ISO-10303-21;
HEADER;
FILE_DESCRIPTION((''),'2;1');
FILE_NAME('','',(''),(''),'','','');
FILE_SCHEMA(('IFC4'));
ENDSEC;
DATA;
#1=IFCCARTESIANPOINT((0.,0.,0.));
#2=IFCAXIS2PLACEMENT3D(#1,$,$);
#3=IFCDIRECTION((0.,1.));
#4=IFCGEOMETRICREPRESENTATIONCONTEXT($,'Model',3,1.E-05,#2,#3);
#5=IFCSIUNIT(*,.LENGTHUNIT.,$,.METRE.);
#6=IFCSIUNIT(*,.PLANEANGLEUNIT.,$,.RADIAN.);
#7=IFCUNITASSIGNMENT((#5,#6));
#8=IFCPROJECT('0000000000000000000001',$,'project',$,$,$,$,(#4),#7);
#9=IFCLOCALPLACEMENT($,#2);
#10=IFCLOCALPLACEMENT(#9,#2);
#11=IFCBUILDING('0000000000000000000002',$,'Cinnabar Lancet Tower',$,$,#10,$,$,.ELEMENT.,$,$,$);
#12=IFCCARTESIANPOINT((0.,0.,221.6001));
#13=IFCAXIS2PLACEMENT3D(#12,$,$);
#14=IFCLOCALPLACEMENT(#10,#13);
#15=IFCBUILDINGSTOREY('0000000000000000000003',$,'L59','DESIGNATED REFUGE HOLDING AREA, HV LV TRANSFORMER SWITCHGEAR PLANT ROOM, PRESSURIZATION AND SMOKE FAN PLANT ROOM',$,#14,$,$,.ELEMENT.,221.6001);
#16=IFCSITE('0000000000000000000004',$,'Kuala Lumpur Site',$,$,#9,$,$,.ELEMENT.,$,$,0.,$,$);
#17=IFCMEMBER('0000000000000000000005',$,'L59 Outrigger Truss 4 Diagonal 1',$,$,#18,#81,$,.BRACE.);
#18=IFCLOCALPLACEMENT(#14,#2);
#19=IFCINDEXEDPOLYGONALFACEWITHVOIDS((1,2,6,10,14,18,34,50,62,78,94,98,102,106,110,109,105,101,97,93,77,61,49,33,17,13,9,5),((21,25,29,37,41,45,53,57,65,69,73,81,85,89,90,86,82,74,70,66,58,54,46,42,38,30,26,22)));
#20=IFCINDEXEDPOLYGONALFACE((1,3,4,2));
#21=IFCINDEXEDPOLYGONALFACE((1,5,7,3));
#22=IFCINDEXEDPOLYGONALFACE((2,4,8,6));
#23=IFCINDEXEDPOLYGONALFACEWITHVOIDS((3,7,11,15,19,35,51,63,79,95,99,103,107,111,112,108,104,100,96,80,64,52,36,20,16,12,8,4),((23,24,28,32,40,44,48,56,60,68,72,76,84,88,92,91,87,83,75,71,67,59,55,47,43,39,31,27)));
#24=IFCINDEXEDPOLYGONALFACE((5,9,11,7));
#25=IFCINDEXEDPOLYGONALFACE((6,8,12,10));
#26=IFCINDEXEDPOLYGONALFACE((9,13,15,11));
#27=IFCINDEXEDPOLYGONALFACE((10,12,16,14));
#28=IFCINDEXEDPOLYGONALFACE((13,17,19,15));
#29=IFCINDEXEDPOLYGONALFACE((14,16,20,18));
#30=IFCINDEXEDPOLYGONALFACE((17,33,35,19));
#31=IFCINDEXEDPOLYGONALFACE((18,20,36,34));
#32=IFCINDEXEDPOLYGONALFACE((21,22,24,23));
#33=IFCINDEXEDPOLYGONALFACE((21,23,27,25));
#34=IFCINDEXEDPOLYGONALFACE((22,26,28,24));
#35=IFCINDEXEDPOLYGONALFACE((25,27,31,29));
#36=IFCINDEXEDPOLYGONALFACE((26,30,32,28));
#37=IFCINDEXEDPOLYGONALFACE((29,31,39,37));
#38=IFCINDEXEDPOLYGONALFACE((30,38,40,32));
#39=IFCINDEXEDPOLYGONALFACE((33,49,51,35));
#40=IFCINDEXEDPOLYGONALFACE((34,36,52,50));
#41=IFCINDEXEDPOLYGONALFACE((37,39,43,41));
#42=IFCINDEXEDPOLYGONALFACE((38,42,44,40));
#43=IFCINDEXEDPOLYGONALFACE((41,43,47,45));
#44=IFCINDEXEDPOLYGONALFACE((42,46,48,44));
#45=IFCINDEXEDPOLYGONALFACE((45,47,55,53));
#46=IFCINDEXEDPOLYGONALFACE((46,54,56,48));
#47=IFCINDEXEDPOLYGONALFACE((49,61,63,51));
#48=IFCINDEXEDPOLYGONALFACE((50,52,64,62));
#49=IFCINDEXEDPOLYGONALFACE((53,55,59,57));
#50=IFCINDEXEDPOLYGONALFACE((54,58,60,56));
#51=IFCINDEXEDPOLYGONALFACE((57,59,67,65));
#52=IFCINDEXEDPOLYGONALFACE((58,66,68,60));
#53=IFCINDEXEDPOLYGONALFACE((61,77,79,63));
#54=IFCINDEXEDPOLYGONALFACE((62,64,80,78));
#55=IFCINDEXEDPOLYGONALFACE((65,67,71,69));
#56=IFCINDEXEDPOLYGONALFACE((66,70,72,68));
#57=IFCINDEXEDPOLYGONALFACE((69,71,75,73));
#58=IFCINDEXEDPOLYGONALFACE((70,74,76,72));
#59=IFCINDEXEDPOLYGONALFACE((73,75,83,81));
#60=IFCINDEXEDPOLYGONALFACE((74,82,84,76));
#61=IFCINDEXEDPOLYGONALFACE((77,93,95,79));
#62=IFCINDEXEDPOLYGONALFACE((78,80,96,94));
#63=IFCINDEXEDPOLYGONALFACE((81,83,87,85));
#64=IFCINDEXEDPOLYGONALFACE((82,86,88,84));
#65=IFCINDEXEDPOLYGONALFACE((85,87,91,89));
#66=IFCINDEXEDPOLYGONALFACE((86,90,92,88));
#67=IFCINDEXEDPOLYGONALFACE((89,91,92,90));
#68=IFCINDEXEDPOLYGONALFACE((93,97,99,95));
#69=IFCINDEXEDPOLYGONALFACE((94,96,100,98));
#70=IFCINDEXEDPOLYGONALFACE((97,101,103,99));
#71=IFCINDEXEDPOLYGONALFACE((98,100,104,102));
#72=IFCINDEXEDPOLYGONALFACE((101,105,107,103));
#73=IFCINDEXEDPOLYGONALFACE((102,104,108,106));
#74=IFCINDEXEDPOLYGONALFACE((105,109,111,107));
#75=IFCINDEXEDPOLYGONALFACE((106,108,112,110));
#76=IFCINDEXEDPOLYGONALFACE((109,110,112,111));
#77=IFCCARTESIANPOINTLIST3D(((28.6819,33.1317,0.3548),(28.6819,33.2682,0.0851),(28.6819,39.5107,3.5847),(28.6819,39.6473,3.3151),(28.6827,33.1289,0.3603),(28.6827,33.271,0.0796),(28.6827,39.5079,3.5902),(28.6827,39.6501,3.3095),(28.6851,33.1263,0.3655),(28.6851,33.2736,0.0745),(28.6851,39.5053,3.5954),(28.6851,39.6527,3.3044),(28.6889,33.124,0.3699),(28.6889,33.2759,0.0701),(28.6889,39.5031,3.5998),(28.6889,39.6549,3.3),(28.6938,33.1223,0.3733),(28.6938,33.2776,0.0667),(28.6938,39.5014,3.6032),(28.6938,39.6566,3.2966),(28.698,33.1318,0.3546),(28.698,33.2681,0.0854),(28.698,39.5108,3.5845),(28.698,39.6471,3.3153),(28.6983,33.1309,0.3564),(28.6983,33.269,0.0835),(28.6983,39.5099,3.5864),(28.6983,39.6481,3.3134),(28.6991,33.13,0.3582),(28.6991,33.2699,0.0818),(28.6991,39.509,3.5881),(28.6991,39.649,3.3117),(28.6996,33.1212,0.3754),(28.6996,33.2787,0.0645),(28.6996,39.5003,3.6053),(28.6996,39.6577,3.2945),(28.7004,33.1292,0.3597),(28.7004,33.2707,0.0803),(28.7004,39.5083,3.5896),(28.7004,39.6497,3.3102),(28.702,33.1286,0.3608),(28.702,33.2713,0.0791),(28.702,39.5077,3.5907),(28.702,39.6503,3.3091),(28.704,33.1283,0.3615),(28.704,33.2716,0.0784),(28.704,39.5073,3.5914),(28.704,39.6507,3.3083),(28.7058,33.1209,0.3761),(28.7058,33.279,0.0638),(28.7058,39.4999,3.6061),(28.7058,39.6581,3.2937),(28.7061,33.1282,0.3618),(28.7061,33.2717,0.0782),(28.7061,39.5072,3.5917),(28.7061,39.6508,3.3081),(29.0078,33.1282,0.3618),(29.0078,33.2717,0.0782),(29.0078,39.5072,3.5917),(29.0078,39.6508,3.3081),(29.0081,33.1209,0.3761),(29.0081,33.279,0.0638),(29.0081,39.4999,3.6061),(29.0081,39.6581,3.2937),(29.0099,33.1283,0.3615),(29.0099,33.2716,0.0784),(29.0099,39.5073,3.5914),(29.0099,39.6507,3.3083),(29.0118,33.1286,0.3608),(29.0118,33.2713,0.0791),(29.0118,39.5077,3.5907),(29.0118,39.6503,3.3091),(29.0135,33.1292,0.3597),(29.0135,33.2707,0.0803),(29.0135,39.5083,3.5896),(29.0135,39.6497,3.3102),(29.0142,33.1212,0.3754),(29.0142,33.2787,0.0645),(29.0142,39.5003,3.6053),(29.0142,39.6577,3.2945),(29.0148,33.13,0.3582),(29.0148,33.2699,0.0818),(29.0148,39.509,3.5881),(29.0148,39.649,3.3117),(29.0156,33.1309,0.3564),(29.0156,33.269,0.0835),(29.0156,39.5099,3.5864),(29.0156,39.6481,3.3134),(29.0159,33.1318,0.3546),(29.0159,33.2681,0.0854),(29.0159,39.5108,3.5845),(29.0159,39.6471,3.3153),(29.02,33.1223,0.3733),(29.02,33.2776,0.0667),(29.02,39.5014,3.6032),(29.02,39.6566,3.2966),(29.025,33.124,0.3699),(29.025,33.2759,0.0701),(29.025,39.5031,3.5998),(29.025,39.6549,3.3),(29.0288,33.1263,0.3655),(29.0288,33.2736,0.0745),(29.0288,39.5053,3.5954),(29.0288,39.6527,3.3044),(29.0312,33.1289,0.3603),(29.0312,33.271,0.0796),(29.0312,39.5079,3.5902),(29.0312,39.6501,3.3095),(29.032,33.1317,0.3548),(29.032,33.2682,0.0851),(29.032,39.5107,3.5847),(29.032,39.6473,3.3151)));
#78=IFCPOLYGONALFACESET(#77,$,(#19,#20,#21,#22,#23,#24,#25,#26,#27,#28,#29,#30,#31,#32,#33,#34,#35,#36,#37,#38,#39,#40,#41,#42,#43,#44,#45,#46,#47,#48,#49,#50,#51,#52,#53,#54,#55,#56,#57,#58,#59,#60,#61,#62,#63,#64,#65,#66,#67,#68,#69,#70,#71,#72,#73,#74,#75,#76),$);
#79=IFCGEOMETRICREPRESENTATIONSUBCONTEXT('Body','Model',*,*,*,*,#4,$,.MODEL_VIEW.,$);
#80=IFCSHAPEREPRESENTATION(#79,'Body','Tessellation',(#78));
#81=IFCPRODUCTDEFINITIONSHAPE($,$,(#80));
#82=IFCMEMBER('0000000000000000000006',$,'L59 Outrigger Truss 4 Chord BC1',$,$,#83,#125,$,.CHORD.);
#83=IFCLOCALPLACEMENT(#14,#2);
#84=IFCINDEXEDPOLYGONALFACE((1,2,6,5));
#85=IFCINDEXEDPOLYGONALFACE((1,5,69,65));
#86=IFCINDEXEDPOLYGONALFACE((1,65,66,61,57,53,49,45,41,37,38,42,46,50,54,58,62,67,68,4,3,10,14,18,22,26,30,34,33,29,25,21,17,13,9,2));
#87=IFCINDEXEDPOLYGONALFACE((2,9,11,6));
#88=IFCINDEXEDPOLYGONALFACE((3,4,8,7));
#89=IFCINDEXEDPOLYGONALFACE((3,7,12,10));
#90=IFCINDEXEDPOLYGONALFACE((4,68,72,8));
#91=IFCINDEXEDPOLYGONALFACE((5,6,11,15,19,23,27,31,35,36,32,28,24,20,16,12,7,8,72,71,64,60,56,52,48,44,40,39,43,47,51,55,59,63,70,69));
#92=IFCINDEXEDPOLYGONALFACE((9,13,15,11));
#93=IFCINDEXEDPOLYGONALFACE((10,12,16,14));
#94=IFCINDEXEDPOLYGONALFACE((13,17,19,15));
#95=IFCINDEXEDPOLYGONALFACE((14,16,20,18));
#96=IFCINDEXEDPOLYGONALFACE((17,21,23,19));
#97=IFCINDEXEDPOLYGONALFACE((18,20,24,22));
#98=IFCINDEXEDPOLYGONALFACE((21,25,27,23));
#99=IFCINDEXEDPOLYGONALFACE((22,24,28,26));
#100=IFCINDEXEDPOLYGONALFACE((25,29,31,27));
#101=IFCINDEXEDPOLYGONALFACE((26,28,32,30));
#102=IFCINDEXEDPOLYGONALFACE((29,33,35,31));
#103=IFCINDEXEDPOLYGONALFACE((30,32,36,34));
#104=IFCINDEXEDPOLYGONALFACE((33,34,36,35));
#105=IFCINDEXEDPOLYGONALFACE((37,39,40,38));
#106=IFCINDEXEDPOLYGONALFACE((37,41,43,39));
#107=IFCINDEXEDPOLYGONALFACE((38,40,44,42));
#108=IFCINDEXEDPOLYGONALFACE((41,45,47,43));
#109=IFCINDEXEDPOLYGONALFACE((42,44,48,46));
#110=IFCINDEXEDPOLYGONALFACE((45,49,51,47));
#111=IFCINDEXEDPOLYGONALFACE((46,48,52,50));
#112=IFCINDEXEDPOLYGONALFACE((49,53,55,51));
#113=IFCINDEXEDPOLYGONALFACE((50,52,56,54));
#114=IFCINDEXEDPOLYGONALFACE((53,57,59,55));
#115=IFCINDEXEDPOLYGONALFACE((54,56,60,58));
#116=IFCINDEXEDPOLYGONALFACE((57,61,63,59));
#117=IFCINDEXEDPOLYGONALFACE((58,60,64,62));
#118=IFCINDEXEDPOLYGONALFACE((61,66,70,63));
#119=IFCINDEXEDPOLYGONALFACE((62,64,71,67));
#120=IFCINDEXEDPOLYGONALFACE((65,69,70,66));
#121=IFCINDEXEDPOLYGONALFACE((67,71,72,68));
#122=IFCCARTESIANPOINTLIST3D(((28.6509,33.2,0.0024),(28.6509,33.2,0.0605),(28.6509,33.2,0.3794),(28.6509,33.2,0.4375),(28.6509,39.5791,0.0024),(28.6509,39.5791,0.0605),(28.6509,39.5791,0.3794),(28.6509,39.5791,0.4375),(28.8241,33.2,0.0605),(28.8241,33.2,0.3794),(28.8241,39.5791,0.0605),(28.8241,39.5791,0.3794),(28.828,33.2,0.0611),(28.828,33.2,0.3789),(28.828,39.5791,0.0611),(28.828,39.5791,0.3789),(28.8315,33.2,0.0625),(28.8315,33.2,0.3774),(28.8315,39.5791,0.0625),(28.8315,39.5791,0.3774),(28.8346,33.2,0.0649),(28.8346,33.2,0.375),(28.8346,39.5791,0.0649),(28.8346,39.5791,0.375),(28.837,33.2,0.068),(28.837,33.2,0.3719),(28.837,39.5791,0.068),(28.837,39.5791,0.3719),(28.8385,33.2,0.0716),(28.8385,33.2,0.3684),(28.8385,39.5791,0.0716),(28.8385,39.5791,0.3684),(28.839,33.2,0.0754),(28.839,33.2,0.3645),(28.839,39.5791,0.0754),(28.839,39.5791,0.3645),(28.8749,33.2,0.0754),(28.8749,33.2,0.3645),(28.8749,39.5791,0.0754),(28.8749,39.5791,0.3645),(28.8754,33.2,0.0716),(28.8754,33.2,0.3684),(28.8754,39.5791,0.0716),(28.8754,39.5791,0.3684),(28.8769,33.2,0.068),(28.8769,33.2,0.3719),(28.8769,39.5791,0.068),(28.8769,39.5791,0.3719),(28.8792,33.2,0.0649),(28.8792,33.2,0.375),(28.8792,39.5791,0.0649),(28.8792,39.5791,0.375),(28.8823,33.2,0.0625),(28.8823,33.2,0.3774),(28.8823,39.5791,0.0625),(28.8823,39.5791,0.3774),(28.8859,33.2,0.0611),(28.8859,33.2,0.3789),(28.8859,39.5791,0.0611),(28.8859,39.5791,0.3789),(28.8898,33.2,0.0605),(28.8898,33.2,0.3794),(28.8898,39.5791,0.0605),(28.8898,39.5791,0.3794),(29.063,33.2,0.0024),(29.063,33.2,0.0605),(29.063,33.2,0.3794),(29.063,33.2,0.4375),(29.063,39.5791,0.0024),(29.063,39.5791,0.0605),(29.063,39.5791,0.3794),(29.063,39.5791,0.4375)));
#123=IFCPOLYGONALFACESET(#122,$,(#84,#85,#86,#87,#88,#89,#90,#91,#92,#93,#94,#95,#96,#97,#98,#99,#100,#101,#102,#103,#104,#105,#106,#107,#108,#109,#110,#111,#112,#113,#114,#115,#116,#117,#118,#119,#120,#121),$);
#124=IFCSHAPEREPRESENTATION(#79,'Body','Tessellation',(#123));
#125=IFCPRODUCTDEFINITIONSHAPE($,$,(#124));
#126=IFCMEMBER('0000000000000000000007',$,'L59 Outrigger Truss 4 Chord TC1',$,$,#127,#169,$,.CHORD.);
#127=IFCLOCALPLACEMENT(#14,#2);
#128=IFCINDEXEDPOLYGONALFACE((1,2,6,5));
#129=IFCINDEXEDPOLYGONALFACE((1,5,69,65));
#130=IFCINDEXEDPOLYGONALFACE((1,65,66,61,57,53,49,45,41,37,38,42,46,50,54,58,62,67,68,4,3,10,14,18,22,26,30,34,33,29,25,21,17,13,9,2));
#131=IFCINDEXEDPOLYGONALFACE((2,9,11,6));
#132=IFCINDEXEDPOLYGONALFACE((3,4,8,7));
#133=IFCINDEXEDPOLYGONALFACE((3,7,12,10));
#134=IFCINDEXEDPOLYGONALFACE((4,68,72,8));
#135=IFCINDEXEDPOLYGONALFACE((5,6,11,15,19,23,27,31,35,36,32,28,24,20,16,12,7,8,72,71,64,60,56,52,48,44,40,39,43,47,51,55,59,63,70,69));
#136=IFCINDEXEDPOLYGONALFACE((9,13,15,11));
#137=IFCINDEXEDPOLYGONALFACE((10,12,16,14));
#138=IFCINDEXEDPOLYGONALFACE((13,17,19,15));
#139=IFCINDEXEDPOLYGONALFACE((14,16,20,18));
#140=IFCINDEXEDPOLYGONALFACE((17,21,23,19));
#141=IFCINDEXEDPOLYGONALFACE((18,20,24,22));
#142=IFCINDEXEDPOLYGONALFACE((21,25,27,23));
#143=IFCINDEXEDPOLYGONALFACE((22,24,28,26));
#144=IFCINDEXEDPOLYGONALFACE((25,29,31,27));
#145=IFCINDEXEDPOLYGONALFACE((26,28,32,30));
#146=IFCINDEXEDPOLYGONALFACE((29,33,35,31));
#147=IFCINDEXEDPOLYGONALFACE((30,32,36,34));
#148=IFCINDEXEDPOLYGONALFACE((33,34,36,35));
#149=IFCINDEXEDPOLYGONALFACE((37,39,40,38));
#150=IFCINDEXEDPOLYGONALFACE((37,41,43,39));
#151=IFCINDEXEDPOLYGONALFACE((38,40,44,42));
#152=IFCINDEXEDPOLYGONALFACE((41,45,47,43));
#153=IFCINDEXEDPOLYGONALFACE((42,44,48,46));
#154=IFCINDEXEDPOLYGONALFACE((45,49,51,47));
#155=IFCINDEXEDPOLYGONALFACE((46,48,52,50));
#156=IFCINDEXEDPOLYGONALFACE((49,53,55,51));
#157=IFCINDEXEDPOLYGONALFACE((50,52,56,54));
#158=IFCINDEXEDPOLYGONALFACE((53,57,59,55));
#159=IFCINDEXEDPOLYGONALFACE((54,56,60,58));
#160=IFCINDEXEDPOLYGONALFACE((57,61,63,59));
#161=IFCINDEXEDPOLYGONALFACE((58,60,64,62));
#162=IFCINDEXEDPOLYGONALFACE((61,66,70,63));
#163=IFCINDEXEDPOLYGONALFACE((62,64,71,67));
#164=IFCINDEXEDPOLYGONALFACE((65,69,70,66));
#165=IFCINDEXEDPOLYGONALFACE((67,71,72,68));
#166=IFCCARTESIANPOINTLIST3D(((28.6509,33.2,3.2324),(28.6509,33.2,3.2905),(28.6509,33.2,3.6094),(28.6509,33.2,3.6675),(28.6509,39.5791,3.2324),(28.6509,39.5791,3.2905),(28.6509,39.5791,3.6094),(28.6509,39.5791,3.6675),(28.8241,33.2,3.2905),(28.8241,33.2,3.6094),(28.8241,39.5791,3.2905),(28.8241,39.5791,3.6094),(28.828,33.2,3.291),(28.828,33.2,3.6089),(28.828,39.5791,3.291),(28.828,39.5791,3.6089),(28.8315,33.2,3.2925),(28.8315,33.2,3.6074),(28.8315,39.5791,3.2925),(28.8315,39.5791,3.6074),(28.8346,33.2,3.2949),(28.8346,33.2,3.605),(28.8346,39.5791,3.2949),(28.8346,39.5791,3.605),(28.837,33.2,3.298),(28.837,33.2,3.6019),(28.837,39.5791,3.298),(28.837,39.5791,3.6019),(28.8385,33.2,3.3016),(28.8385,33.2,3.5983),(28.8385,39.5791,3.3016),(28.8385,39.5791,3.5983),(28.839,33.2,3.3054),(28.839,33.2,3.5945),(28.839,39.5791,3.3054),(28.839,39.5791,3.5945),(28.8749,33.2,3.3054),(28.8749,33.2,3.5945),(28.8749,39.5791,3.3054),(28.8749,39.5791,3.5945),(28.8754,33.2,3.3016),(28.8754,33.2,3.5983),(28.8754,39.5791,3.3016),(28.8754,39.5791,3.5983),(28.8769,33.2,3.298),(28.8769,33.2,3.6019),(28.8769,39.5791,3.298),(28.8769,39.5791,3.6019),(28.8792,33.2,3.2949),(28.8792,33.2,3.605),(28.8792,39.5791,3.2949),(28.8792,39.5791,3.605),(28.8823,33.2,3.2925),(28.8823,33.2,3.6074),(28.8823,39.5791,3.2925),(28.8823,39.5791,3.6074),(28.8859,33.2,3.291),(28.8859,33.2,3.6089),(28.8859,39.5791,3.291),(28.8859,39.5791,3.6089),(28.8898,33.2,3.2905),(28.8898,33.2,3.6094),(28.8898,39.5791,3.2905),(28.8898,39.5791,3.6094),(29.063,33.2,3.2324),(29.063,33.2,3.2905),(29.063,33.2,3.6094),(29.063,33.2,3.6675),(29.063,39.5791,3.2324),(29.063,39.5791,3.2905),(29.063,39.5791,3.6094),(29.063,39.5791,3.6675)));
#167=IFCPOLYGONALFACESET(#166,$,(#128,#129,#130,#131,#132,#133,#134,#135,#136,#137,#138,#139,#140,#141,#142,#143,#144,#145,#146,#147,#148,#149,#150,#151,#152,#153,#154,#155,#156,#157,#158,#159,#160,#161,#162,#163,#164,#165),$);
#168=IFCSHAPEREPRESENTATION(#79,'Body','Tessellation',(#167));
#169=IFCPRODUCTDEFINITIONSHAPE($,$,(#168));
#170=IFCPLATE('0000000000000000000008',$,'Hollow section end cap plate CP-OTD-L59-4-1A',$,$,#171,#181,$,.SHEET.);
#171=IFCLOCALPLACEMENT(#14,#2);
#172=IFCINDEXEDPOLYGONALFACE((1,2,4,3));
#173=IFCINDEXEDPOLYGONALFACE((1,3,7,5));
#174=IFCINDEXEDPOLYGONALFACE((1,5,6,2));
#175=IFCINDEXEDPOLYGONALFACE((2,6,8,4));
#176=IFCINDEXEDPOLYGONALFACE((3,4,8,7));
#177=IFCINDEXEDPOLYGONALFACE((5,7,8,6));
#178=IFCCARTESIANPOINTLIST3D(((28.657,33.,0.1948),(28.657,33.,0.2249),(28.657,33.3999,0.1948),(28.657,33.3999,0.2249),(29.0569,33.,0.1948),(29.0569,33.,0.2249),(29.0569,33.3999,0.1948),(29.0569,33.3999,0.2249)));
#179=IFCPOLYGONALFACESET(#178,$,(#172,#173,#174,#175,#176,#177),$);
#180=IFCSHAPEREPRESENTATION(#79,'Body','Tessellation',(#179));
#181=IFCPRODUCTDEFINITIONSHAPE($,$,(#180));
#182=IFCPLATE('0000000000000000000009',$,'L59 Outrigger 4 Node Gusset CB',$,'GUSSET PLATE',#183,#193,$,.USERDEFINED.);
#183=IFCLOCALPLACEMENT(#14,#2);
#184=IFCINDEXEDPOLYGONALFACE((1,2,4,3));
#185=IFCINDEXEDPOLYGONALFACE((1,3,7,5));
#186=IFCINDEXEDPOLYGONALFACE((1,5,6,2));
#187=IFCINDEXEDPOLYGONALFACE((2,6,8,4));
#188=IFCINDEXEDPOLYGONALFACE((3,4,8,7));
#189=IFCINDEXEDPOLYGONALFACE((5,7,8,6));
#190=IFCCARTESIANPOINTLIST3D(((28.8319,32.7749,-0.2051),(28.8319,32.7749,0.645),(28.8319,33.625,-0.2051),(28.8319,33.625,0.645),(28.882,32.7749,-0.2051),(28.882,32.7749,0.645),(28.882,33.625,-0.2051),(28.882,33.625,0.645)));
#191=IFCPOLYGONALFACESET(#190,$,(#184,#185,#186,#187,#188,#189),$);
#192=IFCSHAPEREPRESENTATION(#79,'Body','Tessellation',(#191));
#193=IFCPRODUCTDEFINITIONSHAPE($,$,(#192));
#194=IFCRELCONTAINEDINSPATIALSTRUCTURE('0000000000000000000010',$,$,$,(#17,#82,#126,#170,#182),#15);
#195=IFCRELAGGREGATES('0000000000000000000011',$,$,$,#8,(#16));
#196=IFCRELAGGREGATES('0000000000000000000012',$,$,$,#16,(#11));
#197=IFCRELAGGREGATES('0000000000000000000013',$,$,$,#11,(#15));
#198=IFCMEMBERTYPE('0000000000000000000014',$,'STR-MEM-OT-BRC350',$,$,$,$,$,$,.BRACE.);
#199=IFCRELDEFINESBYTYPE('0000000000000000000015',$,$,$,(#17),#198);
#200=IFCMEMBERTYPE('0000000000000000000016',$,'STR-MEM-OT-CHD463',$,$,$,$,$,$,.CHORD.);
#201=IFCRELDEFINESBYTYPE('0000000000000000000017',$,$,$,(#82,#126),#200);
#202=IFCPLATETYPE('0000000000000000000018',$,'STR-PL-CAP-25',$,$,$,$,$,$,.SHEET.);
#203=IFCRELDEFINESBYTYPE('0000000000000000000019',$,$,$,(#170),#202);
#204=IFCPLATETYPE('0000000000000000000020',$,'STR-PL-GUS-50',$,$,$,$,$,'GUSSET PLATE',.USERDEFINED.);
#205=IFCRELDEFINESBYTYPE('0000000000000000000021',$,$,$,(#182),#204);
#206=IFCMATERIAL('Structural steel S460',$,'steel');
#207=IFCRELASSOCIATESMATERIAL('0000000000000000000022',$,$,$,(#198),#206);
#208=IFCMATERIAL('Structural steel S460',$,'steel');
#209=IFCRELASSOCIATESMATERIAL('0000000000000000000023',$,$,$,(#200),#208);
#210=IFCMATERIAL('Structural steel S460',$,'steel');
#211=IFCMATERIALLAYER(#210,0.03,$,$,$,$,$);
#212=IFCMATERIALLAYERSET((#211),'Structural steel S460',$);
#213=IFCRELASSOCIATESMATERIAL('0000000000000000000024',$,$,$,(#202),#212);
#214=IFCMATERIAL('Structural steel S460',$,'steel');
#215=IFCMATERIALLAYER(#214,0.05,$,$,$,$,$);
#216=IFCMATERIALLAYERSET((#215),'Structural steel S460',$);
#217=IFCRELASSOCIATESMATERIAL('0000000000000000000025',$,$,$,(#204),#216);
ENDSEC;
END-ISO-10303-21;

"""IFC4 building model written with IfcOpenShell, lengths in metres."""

from ifc_helpers import new_model, si_unit, direction, frame, origin, origin_2d, place, context, subcontext, project, spatial, rectangle, hollow_rectangle, i_section, extrude, material, layer, layer_set, material_profile, profile_set, type_object, element, save


model = new_model("IFC4")

# Units and contexts
model_context = context("Model", 3, precision=1e-05, world=origin(), true_north=direction((0.0, 1.0)))
body_context = subcontext(model_context, "Body", "Model", "MODEL_VIEW")
ifc_project = project(units=[si_unit("LENGTHUNIT", "METRE"), si_unit("PLANEANGLEUNIT", "RADIAN")], contexts=[model_context])

# Site, building, storey
site_placement = place(None, origin())
site = spatial("IfcSite", under=ifc_project, at=site_placement, Name="Kuala Lumpur Site", CompositionType="ELEMENT", RefElevation=0.0)
building_placement = place(site_placement, origin())
building = spatial("IfcBuilding", under=site, at=building_placement, Name="Cinnabar Lancet Tower", CompositionType="ELEMENT")
storey_placement = place(building_placement, frame((0.0, 0.0, 221.6001)))
storey = spatial("IfcBuildingStorey", under=building, at=storey_placement, Name="L59", Description="DESIGNATED REFUGE HOLDING AREA, HV LV TRANSFORMER SWITCHGEAR PLANT ROOM, PRESSURIZATION AND SMOKE FAN PLANT ROOM", CompositionType="ELEMENT", Elevation=221.6001)

# Members
ifc_material_1 = material(Name="Structural steel S460", Category="steel")
ifc_material_profile_1 = material_profile(ifc_material_1, hollow_rectangle(XDim=0.3501, YDim=0.3501, WallThickness=0.0161, InnerFilletRadius=0.0081, OuterFilletRadius=0.0239, at=origin_2d()), Name="SHS 350x350x16")
ifc_profile_set_1 = profile_set([ifc_material_profile_1], Name="Structural steel S460")
member_type_1 = type_object("IfcMemberType", Name="STR-MEM-OT-BRC350", PredefinedType="BRACE", material=ifc_profile_set_1)
member_placement = place(storey_placement, frame((28.8569, 33.2, 0.22), z_axis=(0.0, 0.892155, 0.451729), x_axis=(-1.0, 0.0, 0.0)))
element("IfcMember", 1, at=member_placement, inside=storey, type_object=member_type_1, Name="L59 Outrigger Truss 4 Diagonal 1", PredefinedType="BRACE", context=body_context, shape_type="SweptSolid", body=[
    extrude(hollow_rectangle(XDim=0.3501, YDim=0.3501, WallThickness=0.0161, InnerFilletRadius=0.0081, OuterFilletRadius=0.0239, at=origin_2d()), origin(), (0.0, 0.0, 1.0), 7.1501),
])
ifc_material_2 = material(Name="Structural steel S460", Category="steel")
ifc_material_profile_2 = material_profile(ifc_material_2, i_section(OverallWidth=0.4121, OverallDepth=0.4351, WebThickness=0.0359, FlangeThickness=0.0581, FilletRadius=0.0149, at=origin_2d()), Name="HD 400x463")
ifc_profile_set_2 = profile_set([ifc_material_profile_2], Name="Structural steel S460")
member_type_2 = type_object("IfcMemberType", Name="STR-MEM-OT-CHD463", PredefinedType="CHORD", material=ifc_profile_set_2)
for number, where, z_axis, x_axis, name in (
    (2, (28.8569, 33.2, 0.22), (0.0, 1.0, 0.0), (-1.0, 0.0, 0.0), "L59 Outrigger Truss 4 Chord BC1"),
    (3, (28.8569, 33.2, 3.45), (0.0, 1.0, 0.0), (-1.0, 0.0, 0.0), "L59 Outrigger Truss 4 Chord TC1"),
):
    element("IfcMember", number, at=place(storey_placement, frame(where, z_axis=z_axis, x_axis=x_axis)), inside=storey, type_object=member_type_2, Name=name, PredefinedType="CHORD", context=body_context, shape_type="SweptSolid", body=[
        extrude(i_section(OverallWidth=0.4121, OverallDepth=0.4351, WebThickness=0.0359, FlangeThickness=0.0581, FilletRadius=0.0149, at=origin_2d()), origin(), (0.0, 0.0, 1.0), 6.3792),
    ])

# Plates
ifc_material_3 = material(Name="Structural steel S460", Category="steel")
ifc_layer_1 = layer(ifc_material_3, 0.03)
ifc_layer_set_1 = layer_set([ifc_layer_1], Name="Structural steel S460")
plate_type_1 = type_object("IfcPlateType", Name="STR-PL-CAP-25", PredefinedType="SHEET", material=ifc_layer_set_1)
plate_placement = place(storey_placement, frame((28.8569, 33.2, 0.1948), z_axis=(0.0, 0.0, 1.0), x_axis=(0.0, -1.0, 0.0)))
element("IfcPlate", 4, at=plate_placement, inside=storey, type_object=plate_type_1, Name="Hollow section end cap plate CP-OTD-L59-4-1A", PredefinedType="SHEET", context=body_context, shape_type="SweptSolid", body=[
    extrude(rectangle(XDim=0.3999, YDim=0.3999, at=origin_2d()), origin(), (0.0, 0.0, 1.0), 0.03),
])
ifc_material_4 = material(Name="Structural steel S460", Category="steel")
ifc_layer_2 = layer(ifc_material_4, 0.05)
ifc_layer_set_2 = layer_set([ifc_layer_2], Name="Structural steel S460")
plate_type_2 = type_object("IfcPlateType", Name="STR-PL-GUS-50", ElementType="GUSSET PLATE", PredefinedType="USERDEFINED", material=ifc_layer_set_2)
for number, where, z_axis, x_axis, name in (
    (5, (28.8569, 33.2, -0.2051), (0.0, 0.0, 1.0), (1.0, 0.0, 0.0), "L59 Outrigger 4 Node Gusset CB"),
):
    element("IfcPlate", number, at=place(storey_placement, frame(where, z_axis=z_axis, x_axis=x_axis)), inside=storey, type_object=plate_type_2, Name=name, ObjectType="GUSSET PLATE", PredefinedType="USERDEFINED", context=body_context, shape_type="SweptSolid", body=[
        extrude(rectangle(XDim=0.05, YDim=0.8501, at=origin_2d()), origin(), (0.0, 0.0, 1.0), 0.8501),
    ])

save(model, "model.ifc")
